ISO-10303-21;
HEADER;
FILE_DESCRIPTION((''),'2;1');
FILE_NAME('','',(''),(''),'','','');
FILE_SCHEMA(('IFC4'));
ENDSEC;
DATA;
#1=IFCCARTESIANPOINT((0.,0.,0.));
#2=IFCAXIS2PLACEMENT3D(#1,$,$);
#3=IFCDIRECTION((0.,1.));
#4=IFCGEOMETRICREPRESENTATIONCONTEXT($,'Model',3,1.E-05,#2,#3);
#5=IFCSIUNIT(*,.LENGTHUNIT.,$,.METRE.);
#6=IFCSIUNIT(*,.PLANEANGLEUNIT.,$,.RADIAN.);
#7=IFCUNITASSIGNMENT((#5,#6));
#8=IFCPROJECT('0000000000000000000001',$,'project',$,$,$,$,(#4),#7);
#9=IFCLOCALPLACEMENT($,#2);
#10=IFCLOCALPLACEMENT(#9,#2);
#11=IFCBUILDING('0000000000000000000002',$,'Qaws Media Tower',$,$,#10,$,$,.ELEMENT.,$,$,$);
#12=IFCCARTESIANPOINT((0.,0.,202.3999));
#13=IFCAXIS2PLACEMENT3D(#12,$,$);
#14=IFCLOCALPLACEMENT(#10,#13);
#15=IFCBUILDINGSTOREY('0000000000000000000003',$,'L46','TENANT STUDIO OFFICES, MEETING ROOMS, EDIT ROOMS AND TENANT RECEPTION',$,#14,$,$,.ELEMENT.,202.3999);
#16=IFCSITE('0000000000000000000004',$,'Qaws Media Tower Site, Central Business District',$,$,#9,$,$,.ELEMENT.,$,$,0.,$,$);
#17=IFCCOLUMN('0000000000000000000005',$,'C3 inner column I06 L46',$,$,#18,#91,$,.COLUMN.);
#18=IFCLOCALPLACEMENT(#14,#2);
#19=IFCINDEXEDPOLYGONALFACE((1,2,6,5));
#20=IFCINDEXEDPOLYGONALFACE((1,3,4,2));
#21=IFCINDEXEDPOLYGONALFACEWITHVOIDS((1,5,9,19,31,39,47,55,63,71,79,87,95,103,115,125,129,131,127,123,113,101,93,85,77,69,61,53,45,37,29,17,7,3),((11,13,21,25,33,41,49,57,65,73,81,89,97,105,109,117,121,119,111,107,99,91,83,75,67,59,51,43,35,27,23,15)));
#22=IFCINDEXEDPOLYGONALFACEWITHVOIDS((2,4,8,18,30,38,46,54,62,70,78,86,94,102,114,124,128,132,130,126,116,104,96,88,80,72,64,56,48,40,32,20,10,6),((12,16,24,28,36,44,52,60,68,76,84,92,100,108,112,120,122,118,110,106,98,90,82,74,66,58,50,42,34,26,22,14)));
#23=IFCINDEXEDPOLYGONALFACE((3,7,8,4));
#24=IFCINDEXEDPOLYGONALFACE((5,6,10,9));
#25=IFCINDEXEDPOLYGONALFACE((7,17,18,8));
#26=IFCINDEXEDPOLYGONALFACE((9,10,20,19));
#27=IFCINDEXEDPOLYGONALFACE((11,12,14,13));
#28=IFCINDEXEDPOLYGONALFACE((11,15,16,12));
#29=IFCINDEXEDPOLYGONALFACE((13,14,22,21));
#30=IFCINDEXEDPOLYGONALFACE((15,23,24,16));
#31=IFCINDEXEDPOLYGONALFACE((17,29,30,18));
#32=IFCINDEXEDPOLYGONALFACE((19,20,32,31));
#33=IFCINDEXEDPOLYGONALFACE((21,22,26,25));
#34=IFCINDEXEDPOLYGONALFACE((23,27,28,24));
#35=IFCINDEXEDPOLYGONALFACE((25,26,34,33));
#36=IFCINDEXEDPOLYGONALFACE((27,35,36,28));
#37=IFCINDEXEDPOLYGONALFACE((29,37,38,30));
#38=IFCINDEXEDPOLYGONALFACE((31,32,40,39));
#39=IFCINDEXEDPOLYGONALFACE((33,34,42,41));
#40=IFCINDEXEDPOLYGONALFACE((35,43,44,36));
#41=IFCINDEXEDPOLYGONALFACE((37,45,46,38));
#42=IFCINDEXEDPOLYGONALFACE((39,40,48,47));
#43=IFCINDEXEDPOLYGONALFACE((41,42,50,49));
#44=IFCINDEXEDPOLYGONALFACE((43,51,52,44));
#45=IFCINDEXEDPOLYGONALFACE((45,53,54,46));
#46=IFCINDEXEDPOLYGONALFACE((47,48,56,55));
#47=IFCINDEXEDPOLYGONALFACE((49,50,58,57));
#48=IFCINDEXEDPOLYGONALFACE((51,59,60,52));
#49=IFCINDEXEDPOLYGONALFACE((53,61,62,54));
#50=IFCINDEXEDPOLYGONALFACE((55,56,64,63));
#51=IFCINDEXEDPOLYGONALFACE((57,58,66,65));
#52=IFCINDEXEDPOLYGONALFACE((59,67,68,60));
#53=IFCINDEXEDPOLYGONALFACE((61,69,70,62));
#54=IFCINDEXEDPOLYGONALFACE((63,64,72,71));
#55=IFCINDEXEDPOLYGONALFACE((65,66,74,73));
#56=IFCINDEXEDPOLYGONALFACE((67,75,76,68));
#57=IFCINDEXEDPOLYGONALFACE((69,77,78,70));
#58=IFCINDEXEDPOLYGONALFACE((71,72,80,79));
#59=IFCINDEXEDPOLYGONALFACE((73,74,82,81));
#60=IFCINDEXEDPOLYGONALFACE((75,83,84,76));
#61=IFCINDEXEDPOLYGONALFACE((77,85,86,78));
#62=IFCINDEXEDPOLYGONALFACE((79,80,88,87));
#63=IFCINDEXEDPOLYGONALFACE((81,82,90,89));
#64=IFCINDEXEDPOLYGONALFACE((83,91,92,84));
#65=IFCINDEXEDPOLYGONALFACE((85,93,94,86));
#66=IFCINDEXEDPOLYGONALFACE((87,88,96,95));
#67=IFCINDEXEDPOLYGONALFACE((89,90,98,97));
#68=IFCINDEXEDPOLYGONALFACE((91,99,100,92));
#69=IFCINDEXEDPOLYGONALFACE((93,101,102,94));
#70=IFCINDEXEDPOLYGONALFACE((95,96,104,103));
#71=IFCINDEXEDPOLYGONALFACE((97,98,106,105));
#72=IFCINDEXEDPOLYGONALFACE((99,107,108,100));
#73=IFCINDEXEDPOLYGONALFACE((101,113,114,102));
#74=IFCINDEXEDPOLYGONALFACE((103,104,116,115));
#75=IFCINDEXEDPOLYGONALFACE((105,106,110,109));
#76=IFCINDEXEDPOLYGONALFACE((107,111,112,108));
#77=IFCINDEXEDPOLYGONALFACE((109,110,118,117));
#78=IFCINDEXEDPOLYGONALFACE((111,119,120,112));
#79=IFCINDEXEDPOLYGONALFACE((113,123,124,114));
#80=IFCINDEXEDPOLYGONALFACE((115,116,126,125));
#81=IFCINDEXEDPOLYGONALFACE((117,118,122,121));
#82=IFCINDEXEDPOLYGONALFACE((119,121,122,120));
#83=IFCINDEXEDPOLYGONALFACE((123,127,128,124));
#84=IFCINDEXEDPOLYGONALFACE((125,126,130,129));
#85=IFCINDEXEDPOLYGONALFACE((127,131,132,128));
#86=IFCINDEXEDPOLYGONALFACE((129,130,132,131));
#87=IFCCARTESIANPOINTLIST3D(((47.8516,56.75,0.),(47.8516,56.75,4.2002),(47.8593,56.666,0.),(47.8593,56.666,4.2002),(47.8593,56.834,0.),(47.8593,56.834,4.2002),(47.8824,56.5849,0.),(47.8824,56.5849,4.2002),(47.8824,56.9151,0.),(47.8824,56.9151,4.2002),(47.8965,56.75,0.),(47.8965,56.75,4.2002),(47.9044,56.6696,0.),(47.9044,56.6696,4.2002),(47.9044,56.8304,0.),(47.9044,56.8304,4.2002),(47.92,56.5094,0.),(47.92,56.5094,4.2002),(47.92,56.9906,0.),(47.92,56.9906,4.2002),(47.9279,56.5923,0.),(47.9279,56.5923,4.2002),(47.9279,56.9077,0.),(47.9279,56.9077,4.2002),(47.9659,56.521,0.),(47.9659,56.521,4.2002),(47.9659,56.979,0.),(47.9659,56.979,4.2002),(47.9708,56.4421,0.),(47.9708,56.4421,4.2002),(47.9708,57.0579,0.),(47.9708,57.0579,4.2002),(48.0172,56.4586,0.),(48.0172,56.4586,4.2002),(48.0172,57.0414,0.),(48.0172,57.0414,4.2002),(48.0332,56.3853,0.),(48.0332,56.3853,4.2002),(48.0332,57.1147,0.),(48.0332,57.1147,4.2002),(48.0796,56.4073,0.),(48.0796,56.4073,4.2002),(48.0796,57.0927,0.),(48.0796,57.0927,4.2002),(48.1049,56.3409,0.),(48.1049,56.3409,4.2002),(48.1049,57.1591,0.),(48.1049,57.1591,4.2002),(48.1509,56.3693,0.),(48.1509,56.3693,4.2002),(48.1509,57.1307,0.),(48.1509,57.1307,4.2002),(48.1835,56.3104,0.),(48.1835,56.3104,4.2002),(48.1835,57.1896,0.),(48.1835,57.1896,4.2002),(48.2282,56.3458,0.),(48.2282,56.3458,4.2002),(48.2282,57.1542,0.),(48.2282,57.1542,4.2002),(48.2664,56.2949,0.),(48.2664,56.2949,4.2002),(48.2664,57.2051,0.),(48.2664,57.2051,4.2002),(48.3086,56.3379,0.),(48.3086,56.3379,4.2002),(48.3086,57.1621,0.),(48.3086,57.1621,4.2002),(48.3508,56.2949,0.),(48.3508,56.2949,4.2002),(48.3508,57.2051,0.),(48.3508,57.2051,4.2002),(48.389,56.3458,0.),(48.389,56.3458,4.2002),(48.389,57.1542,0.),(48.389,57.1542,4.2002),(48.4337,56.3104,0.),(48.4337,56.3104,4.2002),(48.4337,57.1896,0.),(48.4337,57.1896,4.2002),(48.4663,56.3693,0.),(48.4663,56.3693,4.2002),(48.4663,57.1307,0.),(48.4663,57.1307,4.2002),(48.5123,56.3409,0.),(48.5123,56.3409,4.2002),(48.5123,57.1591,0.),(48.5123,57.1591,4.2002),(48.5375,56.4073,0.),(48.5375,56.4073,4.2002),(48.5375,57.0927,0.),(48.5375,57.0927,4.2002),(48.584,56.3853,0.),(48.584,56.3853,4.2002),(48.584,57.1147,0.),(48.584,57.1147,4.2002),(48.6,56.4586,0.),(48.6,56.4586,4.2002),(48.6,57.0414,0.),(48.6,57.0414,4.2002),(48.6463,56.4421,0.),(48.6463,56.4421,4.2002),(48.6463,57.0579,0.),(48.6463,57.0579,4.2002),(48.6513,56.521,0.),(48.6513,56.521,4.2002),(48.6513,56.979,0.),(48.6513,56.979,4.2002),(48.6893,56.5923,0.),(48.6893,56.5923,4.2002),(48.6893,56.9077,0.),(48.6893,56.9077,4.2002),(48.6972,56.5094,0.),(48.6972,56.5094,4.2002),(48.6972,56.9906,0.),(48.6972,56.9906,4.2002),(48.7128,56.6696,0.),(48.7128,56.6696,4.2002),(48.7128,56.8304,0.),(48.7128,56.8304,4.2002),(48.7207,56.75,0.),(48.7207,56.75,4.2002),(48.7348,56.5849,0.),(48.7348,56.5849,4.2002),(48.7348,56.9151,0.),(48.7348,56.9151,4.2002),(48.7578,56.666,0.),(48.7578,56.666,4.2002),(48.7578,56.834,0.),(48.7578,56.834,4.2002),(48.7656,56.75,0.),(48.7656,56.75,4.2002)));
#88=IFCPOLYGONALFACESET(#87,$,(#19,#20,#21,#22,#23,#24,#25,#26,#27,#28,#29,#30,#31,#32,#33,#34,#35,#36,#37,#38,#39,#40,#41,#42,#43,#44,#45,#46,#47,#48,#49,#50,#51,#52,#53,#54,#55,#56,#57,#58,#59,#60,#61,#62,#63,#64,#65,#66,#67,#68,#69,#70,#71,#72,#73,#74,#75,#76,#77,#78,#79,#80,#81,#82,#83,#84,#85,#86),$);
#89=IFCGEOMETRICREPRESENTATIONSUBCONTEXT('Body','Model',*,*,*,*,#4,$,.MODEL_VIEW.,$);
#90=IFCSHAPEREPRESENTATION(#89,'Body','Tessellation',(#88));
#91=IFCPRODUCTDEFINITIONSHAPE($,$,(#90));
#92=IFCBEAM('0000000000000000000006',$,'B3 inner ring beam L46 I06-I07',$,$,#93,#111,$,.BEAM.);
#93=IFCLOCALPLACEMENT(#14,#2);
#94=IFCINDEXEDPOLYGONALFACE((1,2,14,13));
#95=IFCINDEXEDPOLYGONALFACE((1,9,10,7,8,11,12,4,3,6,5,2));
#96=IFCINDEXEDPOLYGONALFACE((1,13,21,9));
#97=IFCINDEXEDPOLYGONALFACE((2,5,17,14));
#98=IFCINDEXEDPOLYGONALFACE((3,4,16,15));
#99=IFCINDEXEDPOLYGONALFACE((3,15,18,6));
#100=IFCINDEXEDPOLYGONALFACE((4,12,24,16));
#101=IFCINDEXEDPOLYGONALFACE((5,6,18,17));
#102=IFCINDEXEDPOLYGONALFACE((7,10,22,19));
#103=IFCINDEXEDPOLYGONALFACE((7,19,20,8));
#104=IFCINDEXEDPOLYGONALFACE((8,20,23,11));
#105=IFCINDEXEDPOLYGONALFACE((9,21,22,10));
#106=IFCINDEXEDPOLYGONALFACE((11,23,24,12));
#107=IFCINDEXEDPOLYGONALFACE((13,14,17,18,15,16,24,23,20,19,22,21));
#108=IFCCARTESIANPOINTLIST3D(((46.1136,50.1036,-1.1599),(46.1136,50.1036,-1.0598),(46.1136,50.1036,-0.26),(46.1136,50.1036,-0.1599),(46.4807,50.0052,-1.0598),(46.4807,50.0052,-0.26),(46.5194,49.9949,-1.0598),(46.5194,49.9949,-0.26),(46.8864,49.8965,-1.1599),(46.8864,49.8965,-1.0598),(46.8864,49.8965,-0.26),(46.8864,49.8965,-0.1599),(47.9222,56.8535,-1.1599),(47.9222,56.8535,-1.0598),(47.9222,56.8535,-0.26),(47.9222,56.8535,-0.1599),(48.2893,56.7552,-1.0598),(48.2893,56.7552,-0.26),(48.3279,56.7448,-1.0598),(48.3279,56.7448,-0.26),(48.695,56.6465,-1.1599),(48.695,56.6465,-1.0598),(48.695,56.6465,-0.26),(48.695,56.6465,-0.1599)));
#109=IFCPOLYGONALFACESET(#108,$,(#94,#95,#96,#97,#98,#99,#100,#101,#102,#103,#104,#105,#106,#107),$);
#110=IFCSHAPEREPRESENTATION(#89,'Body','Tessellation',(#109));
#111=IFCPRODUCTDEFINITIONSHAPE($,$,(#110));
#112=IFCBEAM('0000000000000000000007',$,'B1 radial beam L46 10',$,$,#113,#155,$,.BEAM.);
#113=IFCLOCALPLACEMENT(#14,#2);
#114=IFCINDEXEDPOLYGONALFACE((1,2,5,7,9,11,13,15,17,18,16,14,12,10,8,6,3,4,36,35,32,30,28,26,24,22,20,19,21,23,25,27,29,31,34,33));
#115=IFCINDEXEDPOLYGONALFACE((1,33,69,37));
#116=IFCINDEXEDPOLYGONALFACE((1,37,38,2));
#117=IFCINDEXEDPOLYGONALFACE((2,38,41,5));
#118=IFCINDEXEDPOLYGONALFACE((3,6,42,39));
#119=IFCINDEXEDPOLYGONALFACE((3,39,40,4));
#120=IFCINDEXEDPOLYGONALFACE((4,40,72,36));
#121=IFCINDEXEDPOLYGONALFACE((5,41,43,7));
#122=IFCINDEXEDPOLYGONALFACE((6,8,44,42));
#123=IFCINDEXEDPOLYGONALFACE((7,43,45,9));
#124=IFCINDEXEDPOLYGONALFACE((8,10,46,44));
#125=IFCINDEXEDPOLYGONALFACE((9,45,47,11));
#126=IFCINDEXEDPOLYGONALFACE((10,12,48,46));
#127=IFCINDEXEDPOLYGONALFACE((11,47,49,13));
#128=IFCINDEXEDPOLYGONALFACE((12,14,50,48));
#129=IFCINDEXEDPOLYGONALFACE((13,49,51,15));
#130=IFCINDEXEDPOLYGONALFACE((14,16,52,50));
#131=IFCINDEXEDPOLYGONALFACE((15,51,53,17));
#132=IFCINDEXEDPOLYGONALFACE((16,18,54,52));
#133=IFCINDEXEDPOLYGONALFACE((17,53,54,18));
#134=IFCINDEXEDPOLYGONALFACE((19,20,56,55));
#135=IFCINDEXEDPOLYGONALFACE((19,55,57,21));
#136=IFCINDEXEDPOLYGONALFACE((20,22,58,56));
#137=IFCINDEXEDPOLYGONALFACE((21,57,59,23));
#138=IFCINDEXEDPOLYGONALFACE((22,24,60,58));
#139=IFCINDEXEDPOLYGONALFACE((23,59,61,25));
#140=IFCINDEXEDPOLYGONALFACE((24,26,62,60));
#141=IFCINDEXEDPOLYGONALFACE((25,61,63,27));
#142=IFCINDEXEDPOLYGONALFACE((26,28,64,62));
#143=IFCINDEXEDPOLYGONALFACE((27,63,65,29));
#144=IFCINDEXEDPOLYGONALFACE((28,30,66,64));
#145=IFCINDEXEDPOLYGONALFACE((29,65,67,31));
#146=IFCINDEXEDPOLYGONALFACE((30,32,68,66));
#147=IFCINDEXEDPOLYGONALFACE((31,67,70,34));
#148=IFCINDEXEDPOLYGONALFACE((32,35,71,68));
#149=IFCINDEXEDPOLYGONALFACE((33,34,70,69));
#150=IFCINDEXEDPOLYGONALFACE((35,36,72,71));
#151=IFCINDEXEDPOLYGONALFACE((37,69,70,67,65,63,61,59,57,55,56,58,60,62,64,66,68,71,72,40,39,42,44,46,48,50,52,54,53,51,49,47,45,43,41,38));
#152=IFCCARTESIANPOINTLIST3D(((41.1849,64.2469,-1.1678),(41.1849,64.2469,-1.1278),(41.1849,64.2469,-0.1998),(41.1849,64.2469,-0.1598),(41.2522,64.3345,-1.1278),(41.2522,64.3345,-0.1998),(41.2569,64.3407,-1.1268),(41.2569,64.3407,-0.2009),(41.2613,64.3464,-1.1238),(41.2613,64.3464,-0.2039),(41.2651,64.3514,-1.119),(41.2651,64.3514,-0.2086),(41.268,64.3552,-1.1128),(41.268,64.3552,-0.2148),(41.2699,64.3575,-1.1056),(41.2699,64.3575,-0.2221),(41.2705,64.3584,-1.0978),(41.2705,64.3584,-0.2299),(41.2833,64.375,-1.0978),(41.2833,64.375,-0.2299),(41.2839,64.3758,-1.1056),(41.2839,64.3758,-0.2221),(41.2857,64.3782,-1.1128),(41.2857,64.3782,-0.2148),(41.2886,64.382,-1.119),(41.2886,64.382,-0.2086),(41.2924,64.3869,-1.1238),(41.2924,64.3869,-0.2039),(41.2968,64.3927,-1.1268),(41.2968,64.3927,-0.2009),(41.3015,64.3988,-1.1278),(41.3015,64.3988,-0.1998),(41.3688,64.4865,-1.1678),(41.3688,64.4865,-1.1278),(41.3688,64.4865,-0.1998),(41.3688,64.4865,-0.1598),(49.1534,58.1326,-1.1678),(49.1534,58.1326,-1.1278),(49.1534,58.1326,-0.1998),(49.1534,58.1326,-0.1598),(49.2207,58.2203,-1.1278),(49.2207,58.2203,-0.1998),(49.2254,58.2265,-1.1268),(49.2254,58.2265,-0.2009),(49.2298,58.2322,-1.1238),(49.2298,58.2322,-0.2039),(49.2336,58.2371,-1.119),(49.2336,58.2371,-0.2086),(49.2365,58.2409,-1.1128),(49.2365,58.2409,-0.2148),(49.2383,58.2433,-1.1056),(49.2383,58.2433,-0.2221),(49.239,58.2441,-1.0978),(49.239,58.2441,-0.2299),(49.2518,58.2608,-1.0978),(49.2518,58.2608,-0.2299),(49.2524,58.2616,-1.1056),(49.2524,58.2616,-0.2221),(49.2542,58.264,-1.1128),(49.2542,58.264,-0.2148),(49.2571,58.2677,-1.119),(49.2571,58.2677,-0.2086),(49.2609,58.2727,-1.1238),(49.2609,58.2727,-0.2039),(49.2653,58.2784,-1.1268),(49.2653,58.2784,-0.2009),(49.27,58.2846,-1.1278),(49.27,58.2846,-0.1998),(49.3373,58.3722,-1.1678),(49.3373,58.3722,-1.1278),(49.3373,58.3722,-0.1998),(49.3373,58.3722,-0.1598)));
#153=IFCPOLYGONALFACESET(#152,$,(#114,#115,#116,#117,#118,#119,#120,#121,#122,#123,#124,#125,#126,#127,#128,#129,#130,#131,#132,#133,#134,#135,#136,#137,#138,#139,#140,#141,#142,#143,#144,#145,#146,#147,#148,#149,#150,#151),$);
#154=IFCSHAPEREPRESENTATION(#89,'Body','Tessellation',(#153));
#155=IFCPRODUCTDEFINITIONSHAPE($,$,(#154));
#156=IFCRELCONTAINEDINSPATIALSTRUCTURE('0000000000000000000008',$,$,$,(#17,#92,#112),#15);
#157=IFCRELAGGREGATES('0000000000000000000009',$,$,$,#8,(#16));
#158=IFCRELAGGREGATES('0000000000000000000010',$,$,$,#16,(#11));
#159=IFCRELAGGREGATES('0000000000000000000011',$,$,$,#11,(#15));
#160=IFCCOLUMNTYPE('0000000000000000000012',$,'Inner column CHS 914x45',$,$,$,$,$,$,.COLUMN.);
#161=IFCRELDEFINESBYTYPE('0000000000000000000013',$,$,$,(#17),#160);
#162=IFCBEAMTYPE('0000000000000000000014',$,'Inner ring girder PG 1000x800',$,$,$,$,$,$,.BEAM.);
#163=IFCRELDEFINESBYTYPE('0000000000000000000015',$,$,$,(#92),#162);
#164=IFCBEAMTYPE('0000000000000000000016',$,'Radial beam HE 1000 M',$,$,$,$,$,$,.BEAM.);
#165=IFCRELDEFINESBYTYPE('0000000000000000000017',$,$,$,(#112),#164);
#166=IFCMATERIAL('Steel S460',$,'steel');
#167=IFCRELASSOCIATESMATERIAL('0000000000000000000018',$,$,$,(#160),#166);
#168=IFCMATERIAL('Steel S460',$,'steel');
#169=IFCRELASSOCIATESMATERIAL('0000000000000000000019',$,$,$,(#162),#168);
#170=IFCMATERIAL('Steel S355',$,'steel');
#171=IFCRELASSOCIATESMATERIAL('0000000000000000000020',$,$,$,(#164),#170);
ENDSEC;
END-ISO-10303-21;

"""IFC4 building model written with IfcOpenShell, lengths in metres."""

from ifc_helpers import new_model, si_unit, direction, frame, origin, origin_2d, place, context, subcontext, project, spatial, hollow_circle, i_section, extrude, material, material_profile, profile_set, type_object, element, save


model = new_model("IFC4")

# Units and contexts
model_context = context("Model", 3, precision=1e-05, world=origin(), true_north=direction((0.0, 1.0)))
body_context = subcontext(model_context, "Body", "Model", "MODEL_VIEW")
ifc_project = project(units=[si_unit("LENGTHUNIT", "METRE"), si_unit("PLANEANGLEUNIT", "RADIAN")], contexts=[model_context])

# Site, building, storey
site_placement = place(None, origin())
site = spatial("IfcSite", under=ifc_project, at=site_placement, Name="Qaws Media Tower Site, Central Business District", CompositionType="ELEMENT", RefElevation=0.0)
building_placement = place(site_placement, origin())
building = spatial("IfcBuilding", under=site, at=building_placement, Name="Qaws Media Tower", CompositionType="ELEMENT")
storey_placement = place(building_placement, frame((0.0, 0.0, 202.3999)))
storey = spatial("IfcBuildingStorey", under=building, at=storey_placement, Name="L46", Description="TENANT STUDIO OFFICES, MEETING ROOMS, EDIT ROOMS AND TENANT RECEPTION", CompositionType="ELEMENT", Elevation=202.3999)

# Column
ifc_material_1 = material(Name="Steel S460", Category="steel")
ifc_material_profile_1 = material_profile(ifc_material_1, hollow_circle(Radius=0.457, WallThickness=0.0449, at=origin_2d()), Name="CHS 914x45")
ifc_profile_set_1 = profile_set([ifc_material_profile_1], Name="Steel S460")
column_type = type_object("IfcColumnType", Name="Inner column CHS 914x45", PredefinedType="COLUMN", material=ifc_profile_set_1)
column_placement = place(storey_placement, frame((48.3086, 56.75, 0.0), z_axis=(0.0, 0.0, 1.0), x_axis=(1.0, 0.0, 0.0)))
element("IfcColumn", 1, at=column_placement, inside=storey, type_object=column_type, Name="C3 inner column I06 L46", PredefinedType="COLUMN", context=body_context, shape_type="SweptSolid", body=[
    extrude(hollow_circle(Radius=0.457, WallThickness=0.0449, at=origin_2d()), origin(), (0.0, 0.0, 1.0), 4.2002),
])

# Beams
ifc_material_2 = material(Name="Steel S460", Category="steel")
ifc_material_profile_2 = material_profile(ifc_material_2, i_section(OverallWidth=0.8, OverallDepth=1.0, WebThickness=0.04, FlangeThickness=0.1001, at=origin_2d()), Name="PG 1000x800")
ifc_profile_set_2 = profile_set([ifc_material_profile_2], Name="Steel S460")
beam_type_1 = type_object("IfcBeamType", Name="Inner ring girder PG 1000x800", PredefinedType="BEAM", material=ifc_profile_set_2)
beam_1_placement = place(storey_placement, frame((48.3086, 56.75, -0.6599), z_axis=(-0.258811, -0.965928, 0.0), x_axis=(0.965928, -0.258811, 0.0)))
element("IfcBeam", 2, at=beam_1_placement, inside=storey, type_object=beam_type_1, Name="B3 inner ring beam L46 I06-I07", PredefinedType="BEAM", context=body_context, shape_type="SweptSolid", body=[
    extrude(i_section(OverallWidth=0.8, OverallDepth=1.0, WebThickness=0.04, FlangeThickness=0.1001, at=origin_2d()), origin(), (0.0, 0.0, 1.0), 6.988),
])
ifc_material_3 = material(Name="Steel S355", Category="steel")
ifc_material_profile_3 = material_profile(ifc_material_3, i_section(OverallWidth=0.302, OverallDepth=1.0081, WebThickness=0.021, FlangeThickness=0.04, FilletRadius=0.03, at=origin_2d()), Name="HE 1000 M")
ifc_profile_set_3 = profile_set([ifc_material_profile_3], Name="Steel S355")
beam_type_2 = type_object("IfcBeamType", Name="Radial beam HE 1000 M", PredefinedType="BEAM", material=ifc_profile_set_3)
beam_2_placement = place(storey_placement, frame((49.2454, 58.2524, -0.6638), z_axis=(-0.793363, 0.608749, 0.0), x_axis=(-0.608749, -0.793363, 0.0)))
element("IfcBeam", 3, at=beam_2_placement, inside=storey, type_object=beam_type_2, Name="B1 radial beam L46 10", PredefinedType="BEAM", context=body_context, shape_type="SweptSolid", body=[
    extrude(i_section(OverallWidth=0.302, OverallDepth=1.0081, WebThickness=0.021, FlangeThickness=0.04, FilletRadius=0.03, at=origin_2d()), origin(), (0.0, 0.0, 1.0), 10.0439),
])

save(model, "model.ifc")
